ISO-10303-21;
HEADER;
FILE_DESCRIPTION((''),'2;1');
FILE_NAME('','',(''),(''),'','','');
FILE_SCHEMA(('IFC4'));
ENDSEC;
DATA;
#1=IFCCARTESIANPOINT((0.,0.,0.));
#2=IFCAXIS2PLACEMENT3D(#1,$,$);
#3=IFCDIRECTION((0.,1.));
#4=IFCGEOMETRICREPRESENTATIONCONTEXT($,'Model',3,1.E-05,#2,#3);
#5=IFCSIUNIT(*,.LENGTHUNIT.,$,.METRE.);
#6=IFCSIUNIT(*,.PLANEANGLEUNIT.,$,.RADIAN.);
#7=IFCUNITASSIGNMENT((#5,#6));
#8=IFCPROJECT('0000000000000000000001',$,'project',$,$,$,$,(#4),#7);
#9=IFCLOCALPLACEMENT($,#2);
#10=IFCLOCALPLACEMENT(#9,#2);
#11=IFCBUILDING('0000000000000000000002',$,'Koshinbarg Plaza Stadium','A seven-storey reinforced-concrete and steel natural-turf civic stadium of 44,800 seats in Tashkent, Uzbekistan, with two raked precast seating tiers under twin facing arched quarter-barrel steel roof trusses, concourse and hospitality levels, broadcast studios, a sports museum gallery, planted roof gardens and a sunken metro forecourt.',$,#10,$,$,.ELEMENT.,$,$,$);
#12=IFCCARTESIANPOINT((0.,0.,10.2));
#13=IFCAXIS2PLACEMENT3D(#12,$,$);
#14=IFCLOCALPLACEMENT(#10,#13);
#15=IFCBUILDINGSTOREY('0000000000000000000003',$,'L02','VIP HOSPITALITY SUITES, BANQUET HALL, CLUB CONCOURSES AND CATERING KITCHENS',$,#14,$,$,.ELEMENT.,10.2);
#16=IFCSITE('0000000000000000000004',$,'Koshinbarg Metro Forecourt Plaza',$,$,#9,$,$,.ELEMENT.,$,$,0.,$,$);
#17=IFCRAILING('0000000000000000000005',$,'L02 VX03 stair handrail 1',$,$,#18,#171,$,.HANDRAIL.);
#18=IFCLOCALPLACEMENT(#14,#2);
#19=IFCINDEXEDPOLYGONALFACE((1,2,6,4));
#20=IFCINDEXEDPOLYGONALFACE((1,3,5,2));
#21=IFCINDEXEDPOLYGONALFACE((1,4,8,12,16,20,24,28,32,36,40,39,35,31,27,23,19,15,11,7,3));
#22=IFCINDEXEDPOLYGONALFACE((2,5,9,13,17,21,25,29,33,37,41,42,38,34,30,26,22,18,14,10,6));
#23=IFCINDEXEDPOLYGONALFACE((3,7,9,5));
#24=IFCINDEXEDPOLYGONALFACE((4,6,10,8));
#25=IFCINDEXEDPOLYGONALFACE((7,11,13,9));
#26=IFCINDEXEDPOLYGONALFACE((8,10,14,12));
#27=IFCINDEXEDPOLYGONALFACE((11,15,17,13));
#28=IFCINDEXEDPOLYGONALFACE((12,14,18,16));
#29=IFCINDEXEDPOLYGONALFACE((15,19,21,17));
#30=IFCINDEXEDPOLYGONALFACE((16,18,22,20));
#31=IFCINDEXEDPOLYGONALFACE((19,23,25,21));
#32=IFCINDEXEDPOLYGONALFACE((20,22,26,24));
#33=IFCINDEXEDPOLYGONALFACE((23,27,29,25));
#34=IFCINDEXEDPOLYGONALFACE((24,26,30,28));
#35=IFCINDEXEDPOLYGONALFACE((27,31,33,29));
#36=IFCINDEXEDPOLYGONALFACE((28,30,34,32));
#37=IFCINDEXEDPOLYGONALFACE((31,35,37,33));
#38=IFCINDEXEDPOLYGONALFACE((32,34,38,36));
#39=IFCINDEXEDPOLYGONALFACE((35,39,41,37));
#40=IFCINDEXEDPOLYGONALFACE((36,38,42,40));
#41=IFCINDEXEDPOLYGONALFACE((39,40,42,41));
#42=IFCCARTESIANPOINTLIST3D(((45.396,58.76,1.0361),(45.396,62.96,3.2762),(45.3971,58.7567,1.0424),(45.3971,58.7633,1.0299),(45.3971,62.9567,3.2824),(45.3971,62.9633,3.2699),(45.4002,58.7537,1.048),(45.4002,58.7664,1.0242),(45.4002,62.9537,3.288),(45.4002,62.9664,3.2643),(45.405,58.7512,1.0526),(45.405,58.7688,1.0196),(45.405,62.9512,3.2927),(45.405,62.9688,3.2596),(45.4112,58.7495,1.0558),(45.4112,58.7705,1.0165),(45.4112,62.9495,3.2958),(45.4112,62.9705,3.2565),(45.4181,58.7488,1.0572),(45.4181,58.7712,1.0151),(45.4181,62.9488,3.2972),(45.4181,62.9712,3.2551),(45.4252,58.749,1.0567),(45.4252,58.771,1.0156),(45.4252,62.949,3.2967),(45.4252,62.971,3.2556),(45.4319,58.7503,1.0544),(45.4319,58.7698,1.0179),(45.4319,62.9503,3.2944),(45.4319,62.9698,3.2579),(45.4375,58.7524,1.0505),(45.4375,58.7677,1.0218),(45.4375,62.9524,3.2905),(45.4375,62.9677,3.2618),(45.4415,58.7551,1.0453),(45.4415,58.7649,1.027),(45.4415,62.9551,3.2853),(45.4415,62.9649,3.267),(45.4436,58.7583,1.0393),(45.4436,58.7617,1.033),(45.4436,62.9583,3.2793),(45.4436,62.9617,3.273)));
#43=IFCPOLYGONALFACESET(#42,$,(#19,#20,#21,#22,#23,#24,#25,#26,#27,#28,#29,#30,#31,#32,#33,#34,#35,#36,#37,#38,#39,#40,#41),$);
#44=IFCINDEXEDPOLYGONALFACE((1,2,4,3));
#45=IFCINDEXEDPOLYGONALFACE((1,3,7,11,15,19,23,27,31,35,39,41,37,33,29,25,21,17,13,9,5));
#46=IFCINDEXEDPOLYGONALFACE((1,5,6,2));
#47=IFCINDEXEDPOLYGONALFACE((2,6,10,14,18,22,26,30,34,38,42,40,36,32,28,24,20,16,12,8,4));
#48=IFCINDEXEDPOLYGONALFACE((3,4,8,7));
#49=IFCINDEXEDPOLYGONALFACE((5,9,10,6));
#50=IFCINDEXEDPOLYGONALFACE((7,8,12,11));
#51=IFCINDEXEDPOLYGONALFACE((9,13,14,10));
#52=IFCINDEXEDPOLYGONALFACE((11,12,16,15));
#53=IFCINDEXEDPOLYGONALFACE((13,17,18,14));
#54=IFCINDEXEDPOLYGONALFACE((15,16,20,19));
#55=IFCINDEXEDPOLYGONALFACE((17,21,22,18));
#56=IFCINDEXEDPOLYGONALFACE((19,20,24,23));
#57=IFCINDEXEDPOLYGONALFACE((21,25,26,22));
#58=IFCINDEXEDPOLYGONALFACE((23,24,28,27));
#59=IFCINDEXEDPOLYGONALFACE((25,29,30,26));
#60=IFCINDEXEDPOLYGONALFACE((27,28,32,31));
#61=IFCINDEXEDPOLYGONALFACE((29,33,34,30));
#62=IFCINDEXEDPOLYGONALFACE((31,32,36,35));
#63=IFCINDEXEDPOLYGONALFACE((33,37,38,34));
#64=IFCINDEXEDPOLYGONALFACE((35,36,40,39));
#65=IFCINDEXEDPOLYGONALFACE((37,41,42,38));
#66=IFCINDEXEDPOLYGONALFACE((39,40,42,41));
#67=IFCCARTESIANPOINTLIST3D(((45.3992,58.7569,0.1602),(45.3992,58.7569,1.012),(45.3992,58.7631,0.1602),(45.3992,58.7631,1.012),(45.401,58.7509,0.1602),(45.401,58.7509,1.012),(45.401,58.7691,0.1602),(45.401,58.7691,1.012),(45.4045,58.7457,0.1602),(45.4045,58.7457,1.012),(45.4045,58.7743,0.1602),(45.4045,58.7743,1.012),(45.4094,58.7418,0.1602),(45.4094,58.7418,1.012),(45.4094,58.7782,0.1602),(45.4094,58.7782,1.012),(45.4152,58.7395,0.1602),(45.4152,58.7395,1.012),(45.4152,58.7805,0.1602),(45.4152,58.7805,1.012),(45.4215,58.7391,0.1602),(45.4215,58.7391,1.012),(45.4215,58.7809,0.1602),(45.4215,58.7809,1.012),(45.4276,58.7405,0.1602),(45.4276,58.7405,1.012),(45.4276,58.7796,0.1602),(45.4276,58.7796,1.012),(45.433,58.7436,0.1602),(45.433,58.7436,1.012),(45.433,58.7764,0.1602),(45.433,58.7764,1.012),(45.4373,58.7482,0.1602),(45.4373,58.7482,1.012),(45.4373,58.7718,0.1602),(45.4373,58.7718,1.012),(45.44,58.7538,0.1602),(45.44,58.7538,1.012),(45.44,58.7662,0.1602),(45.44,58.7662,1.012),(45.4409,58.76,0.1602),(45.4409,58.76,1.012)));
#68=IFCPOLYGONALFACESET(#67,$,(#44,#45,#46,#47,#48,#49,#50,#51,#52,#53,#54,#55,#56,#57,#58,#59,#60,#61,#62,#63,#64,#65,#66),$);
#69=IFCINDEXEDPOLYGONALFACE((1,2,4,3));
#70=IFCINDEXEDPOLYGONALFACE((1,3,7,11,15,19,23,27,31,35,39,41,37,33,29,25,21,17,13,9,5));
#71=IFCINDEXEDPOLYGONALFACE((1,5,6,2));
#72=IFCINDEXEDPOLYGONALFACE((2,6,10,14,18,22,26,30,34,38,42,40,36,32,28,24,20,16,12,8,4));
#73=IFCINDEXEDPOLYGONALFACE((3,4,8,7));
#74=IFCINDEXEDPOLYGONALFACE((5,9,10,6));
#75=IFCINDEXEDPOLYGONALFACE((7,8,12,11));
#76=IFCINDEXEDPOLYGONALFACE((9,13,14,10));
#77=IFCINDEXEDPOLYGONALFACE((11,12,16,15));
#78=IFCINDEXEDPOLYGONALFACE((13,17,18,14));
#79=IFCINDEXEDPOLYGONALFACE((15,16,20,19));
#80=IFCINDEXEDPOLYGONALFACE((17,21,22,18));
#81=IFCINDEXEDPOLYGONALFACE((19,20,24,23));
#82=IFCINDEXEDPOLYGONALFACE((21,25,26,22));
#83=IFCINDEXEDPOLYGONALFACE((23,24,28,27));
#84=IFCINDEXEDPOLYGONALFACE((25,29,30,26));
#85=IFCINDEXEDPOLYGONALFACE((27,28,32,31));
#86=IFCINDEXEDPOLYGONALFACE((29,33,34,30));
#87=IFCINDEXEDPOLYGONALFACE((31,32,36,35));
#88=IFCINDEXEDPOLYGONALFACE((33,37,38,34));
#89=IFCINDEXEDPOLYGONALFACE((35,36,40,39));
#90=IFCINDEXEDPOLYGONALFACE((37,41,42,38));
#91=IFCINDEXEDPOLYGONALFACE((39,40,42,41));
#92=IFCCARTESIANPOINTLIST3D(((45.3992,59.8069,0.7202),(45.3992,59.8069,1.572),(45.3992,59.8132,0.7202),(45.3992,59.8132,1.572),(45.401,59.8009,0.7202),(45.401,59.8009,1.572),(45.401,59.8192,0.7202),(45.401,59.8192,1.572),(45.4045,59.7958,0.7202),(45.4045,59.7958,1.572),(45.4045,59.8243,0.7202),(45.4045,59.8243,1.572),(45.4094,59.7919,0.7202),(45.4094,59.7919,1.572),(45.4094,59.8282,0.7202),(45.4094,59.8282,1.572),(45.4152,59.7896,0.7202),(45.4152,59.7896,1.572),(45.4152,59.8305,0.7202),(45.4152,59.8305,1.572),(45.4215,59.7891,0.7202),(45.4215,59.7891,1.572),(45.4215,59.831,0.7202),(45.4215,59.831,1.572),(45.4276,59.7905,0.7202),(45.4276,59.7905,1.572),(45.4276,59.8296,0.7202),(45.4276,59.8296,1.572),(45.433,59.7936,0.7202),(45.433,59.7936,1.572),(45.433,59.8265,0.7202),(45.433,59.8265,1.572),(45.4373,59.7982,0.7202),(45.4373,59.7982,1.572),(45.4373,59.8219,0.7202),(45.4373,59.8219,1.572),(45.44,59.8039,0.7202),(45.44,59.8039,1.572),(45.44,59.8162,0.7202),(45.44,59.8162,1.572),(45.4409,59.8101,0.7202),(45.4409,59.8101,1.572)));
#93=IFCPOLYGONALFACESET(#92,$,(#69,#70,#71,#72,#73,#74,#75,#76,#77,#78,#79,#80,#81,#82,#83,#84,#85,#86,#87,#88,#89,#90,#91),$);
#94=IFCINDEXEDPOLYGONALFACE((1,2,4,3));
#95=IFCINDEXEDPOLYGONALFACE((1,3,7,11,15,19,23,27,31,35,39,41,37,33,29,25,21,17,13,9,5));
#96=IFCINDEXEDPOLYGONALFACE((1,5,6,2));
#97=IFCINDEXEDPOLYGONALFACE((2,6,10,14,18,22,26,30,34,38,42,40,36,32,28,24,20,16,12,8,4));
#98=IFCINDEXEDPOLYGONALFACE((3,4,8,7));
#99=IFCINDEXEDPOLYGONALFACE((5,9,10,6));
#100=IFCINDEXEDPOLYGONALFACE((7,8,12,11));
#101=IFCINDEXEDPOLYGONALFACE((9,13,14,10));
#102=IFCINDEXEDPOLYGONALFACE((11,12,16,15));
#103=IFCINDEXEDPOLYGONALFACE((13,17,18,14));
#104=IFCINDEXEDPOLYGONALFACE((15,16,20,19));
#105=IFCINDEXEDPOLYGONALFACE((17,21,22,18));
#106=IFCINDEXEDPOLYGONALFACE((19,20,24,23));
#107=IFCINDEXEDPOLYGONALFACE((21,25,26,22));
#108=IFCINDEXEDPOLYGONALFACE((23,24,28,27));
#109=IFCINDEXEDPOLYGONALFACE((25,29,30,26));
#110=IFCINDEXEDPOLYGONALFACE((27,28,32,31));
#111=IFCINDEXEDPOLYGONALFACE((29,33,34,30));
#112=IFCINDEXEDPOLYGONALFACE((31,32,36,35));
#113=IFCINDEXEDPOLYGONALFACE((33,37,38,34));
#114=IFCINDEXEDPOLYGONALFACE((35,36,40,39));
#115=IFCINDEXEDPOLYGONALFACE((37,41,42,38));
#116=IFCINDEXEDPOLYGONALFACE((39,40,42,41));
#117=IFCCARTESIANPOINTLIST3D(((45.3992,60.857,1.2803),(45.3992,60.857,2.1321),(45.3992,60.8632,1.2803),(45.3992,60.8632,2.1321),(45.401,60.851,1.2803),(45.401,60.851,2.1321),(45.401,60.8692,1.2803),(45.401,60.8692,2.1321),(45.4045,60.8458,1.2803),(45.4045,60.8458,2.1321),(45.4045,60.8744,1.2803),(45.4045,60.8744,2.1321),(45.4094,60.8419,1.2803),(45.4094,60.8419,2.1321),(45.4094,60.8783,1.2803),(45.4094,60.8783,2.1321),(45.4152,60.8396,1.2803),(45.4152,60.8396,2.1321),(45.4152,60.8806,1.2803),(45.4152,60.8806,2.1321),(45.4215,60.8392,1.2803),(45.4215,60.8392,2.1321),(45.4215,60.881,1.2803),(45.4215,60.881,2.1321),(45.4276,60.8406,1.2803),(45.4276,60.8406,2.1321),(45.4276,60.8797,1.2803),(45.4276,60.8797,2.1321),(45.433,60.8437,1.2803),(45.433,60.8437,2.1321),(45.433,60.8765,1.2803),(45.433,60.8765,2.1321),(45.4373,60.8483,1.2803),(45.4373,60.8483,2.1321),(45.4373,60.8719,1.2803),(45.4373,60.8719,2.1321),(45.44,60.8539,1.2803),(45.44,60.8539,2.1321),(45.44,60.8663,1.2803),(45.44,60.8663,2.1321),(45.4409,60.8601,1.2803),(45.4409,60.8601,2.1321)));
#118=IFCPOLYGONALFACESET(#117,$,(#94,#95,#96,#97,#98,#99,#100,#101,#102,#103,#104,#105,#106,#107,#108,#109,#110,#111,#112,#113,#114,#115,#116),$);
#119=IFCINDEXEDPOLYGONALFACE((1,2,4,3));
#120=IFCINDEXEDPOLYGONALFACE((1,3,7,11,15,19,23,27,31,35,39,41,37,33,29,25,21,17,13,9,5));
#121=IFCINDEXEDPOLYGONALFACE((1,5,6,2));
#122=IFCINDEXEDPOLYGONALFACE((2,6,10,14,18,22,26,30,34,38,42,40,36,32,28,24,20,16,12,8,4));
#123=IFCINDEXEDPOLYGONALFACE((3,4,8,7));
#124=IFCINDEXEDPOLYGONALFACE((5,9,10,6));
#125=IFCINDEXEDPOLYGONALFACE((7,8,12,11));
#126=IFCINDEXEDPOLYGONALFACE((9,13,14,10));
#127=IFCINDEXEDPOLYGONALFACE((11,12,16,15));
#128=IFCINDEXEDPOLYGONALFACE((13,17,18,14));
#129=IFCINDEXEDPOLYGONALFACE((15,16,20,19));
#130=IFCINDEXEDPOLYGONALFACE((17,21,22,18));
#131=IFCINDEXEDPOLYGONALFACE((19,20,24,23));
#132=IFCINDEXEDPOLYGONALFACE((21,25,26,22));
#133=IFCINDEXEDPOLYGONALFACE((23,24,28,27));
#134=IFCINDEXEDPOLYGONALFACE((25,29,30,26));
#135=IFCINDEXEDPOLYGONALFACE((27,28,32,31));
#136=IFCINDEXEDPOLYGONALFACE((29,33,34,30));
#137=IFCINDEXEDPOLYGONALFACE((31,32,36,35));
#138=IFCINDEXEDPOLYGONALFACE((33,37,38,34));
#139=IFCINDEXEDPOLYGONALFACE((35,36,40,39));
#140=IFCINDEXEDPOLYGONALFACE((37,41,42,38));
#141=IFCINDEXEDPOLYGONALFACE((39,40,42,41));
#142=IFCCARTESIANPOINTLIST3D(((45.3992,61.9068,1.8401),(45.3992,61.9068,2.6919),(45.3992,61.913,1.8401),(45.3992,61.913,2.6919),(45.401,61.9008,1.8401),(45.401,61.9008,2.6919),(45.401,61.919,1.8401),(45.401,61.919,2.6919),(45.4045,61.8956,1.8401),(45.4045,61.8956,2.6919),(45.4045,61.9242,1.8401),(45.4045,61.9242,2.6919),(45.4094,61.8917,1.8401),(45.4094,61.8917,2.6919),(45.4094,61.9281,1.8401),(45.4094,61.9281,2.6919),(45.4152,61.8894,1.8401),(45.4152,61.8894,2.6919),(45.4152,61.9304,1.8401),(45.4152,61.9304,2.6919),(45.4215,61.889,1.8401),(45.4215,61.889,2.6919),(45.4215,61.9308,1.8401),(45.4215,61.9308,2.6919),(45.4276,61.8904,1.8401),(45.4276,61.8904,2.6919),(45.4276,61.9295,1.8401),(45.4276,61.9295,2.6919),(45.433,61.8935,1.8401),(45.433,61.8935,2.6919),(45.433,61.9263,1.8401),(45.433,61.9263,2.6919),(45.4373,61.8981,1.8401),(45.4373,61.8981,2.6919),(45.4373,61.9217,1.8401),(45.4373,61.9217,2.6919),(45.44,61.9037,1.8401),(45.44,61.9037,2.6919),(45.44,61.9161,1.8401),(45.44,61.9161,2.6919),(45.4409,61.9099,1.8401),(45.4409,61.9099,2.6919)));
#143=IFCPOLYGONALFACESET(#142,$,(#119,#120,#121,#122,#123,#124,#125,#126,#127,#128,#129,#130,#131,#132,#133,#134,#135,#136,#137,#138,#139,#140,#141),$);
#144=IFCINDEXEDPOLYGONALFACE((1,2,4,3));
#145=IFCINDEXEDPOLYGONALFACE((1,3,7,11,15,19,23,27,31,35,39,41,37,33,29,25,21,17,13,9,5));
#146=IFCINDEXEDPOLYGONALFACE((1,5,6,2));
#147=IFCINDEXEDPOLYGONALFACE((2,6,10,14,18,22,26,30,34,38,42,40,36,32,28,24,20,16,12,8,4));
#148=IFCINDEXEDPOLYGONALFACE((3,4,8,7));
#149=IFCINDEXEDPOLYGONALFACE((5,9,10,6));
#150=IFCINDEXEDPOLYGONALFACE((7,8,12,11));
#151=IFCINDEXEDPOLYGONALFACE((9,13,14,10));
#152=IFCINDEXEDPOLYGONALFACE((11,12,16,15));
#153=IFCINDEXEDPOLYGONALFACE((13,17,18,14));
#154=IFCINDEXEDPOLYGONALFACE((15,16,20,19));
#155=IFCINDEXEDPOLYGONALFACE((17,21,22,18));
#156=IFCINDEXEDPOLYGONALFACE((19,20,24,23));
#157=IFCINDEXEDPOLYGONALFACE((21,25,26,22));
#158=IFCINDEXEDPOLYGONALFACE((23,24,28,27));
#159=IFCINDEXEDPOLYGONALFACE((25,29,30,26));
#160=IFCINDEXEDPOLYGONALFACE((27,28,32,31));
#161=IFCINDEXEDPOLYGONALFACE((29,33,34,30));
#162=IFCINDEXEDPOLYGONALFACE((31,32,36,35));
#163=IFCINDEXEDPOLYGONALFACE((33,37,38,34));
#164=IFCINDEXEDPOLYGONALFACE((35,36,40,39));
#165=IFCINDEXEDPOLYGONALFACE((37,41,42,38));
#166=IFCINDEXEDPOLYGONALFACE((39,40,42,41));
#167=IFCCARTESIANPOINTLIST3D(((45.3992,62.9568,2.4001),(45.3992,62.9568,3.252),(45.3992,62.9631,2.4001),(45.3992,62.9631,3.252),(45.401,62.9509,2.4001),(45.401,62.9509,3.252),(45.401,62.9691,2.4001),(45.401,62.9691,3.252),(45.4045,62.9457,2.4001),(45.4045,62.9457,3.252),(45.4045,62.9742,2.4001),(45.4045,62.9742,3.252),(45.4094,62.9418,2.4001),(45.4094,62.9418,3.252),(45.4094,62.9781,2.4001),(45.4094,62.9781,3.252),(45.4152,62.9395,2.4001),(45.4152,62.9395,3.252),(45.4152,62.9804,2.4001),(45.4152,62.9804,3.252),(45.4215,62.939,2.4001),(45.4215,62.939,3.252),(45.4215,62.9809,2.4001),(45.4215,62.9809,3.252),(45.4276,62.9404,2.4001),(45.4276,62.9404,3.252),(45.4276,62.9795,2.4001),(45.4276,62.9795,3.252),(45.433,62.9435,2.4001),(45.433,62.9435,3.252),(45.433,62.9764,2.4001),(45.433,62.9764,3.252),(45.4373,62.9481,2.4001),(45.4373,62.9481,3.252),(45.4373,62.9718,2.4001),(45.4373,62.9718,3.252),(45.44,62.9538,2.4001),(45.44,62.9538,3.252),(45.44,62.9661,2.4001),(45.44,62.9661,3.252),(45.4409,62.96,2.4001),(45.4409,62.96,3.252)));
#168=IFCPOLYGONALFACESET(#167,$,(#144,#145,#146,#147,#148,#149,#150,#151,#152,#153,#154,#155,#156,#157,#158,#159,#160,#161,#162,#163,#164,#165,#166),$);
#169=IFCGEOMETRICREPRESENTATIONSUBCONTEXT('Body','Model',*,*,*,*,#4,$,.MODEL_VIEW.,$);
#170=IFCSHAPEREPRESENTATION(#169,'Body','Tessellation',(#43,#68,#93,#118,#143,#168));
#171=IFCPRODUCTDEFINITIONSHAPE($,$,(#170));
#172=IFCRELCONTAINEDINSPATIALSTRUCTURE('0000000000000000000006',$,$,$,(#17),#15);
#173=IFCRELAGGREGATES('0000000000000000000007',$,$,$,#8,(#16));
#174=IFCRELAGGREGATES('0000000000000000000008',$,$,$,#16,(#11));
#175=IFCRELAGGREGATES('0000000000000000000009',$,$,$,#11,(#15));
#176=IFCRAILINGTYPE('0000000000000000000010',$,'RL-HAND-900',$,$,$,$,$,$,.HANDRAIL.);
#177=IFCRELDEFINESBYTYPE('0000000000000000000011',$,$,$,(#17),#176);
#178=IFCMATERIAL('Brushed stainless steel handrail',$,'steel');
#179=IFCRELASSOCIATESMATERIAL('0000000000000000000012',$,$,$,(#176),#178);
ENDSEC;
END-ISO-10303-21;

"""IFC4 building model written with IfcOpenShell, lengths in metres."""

from ifc_helpers import new_model, si_unit, direction, frame, origin, origin_2d, place, context, subcontext, project, spatial, circle, extrude, material, type_object, element, save


model = new_model("IFC4")

# Units and contexts
model_context = context("Model", 3, precision=1e-05, world=origin(), true_north=direction((0.0, 1.0)))
body_context = subcontext(model_context, "Body", "Model", "MODEL_VIEW")
ifc_project = project(units=[si_unit("LENGTHUNIT", "METRE"), si_unit("PLANEANGLEUNIT", "RADIAN")], contexts=[model_context])

# Site, building, storey
site_placement = place(None, origin())
site = spatial("IfcSite", under=ifc_project, at=site_placement, Name="Koshinbarg Metro Forecourt Plaza", CompositionType="ELEMENT", RefElevation=0.0)
building_placement = place(site_placement, origin())
building = spatial("IfcBuilding", under=site, at=building_placement, Name="Koshinbarg Plaza Stadium", Description="A seven-storey reinforced-concrete and steel natural-turf civic stadium of 44,800 seats in Tashkent, Uzbekistan, with two raked precast seating tiers under twin facing arched quarter-barrel steel roof trusses, concourse and hospitality levels, broadcast studios, a sports museum gallery, planted roof gardens and a sunken metro forecourt.", CompositionType="ELEMENT")
storey_placement = place(building_placement, frame((0.0, 0.0, 10.2)))
storey = spatial("IfcBuildingStorey", under=building, at=storey_placement, Name="L02", Description="VIP HOSPITALITY SUITES, BANQUET HALL, CLUB CONCOURSES AND CATERING KITCHENS", CompositionType="ELEMENT", Elevation=10.2)

# Railing
ifc_material_1 = material(Name="Brushed stainless steel handrail", Category="steel")
railing_type_1 = type_object("IfcRailingType", Name="RL-HAND-900", PredefinedType="HANDRAIL", material=ifc_material_1)
for number, where, name in (
    (1, (45.4199, 58.76, 0.1602), "L02 VX03 stair handrail 1"),
):
    element("IfcRailing", number, at=place(storey_placement, frame(where)), inside=storey, type_object=railing_type_1, Name=name, PredefinedType="HANDRAIL", context=body_context, shape_type="SweptSolid", body=[
        extrude(circle(Radius=0.0239, at=origin_2d()), frame((0.0, 0.0, 0.876), z_axis=(0.0, 0.882352, 0.470591), x_axis=(-1.0, 0.0, 0.0)), (0.0, 0.0, 1.0), 4.76),
        extrude(circle(Radius=0.021, at=origin_2d()), origin(), (0.0, 0.0, 1.0), 0.8518),
        extrude(circle(Radius=0.021, at=origin_2d()), frame((0.0, 1.05, 0.5601)), (0.0, 0.0, 1.0), 0.8518),
        extrude(circle(Radius=0.021, at=origin_2d()), frame((0.0, 2.1001, 1.1201)), (0.0, 0.0, 1.0), 0.8518),
        extrude(circle(Radius=0.021, at=origin_2d()), frame((0.0, 3.1499, 1.6799)), (0.0, 0.0, 1.0), 0.8518),
        extrude(circle(Radius=0.021, at=origin_2d()), frame((0.0, 4.2, 2.24)), (0.0, 0.0, 1.0), 0.8518),
    ])

save(model, "model.ifc")
